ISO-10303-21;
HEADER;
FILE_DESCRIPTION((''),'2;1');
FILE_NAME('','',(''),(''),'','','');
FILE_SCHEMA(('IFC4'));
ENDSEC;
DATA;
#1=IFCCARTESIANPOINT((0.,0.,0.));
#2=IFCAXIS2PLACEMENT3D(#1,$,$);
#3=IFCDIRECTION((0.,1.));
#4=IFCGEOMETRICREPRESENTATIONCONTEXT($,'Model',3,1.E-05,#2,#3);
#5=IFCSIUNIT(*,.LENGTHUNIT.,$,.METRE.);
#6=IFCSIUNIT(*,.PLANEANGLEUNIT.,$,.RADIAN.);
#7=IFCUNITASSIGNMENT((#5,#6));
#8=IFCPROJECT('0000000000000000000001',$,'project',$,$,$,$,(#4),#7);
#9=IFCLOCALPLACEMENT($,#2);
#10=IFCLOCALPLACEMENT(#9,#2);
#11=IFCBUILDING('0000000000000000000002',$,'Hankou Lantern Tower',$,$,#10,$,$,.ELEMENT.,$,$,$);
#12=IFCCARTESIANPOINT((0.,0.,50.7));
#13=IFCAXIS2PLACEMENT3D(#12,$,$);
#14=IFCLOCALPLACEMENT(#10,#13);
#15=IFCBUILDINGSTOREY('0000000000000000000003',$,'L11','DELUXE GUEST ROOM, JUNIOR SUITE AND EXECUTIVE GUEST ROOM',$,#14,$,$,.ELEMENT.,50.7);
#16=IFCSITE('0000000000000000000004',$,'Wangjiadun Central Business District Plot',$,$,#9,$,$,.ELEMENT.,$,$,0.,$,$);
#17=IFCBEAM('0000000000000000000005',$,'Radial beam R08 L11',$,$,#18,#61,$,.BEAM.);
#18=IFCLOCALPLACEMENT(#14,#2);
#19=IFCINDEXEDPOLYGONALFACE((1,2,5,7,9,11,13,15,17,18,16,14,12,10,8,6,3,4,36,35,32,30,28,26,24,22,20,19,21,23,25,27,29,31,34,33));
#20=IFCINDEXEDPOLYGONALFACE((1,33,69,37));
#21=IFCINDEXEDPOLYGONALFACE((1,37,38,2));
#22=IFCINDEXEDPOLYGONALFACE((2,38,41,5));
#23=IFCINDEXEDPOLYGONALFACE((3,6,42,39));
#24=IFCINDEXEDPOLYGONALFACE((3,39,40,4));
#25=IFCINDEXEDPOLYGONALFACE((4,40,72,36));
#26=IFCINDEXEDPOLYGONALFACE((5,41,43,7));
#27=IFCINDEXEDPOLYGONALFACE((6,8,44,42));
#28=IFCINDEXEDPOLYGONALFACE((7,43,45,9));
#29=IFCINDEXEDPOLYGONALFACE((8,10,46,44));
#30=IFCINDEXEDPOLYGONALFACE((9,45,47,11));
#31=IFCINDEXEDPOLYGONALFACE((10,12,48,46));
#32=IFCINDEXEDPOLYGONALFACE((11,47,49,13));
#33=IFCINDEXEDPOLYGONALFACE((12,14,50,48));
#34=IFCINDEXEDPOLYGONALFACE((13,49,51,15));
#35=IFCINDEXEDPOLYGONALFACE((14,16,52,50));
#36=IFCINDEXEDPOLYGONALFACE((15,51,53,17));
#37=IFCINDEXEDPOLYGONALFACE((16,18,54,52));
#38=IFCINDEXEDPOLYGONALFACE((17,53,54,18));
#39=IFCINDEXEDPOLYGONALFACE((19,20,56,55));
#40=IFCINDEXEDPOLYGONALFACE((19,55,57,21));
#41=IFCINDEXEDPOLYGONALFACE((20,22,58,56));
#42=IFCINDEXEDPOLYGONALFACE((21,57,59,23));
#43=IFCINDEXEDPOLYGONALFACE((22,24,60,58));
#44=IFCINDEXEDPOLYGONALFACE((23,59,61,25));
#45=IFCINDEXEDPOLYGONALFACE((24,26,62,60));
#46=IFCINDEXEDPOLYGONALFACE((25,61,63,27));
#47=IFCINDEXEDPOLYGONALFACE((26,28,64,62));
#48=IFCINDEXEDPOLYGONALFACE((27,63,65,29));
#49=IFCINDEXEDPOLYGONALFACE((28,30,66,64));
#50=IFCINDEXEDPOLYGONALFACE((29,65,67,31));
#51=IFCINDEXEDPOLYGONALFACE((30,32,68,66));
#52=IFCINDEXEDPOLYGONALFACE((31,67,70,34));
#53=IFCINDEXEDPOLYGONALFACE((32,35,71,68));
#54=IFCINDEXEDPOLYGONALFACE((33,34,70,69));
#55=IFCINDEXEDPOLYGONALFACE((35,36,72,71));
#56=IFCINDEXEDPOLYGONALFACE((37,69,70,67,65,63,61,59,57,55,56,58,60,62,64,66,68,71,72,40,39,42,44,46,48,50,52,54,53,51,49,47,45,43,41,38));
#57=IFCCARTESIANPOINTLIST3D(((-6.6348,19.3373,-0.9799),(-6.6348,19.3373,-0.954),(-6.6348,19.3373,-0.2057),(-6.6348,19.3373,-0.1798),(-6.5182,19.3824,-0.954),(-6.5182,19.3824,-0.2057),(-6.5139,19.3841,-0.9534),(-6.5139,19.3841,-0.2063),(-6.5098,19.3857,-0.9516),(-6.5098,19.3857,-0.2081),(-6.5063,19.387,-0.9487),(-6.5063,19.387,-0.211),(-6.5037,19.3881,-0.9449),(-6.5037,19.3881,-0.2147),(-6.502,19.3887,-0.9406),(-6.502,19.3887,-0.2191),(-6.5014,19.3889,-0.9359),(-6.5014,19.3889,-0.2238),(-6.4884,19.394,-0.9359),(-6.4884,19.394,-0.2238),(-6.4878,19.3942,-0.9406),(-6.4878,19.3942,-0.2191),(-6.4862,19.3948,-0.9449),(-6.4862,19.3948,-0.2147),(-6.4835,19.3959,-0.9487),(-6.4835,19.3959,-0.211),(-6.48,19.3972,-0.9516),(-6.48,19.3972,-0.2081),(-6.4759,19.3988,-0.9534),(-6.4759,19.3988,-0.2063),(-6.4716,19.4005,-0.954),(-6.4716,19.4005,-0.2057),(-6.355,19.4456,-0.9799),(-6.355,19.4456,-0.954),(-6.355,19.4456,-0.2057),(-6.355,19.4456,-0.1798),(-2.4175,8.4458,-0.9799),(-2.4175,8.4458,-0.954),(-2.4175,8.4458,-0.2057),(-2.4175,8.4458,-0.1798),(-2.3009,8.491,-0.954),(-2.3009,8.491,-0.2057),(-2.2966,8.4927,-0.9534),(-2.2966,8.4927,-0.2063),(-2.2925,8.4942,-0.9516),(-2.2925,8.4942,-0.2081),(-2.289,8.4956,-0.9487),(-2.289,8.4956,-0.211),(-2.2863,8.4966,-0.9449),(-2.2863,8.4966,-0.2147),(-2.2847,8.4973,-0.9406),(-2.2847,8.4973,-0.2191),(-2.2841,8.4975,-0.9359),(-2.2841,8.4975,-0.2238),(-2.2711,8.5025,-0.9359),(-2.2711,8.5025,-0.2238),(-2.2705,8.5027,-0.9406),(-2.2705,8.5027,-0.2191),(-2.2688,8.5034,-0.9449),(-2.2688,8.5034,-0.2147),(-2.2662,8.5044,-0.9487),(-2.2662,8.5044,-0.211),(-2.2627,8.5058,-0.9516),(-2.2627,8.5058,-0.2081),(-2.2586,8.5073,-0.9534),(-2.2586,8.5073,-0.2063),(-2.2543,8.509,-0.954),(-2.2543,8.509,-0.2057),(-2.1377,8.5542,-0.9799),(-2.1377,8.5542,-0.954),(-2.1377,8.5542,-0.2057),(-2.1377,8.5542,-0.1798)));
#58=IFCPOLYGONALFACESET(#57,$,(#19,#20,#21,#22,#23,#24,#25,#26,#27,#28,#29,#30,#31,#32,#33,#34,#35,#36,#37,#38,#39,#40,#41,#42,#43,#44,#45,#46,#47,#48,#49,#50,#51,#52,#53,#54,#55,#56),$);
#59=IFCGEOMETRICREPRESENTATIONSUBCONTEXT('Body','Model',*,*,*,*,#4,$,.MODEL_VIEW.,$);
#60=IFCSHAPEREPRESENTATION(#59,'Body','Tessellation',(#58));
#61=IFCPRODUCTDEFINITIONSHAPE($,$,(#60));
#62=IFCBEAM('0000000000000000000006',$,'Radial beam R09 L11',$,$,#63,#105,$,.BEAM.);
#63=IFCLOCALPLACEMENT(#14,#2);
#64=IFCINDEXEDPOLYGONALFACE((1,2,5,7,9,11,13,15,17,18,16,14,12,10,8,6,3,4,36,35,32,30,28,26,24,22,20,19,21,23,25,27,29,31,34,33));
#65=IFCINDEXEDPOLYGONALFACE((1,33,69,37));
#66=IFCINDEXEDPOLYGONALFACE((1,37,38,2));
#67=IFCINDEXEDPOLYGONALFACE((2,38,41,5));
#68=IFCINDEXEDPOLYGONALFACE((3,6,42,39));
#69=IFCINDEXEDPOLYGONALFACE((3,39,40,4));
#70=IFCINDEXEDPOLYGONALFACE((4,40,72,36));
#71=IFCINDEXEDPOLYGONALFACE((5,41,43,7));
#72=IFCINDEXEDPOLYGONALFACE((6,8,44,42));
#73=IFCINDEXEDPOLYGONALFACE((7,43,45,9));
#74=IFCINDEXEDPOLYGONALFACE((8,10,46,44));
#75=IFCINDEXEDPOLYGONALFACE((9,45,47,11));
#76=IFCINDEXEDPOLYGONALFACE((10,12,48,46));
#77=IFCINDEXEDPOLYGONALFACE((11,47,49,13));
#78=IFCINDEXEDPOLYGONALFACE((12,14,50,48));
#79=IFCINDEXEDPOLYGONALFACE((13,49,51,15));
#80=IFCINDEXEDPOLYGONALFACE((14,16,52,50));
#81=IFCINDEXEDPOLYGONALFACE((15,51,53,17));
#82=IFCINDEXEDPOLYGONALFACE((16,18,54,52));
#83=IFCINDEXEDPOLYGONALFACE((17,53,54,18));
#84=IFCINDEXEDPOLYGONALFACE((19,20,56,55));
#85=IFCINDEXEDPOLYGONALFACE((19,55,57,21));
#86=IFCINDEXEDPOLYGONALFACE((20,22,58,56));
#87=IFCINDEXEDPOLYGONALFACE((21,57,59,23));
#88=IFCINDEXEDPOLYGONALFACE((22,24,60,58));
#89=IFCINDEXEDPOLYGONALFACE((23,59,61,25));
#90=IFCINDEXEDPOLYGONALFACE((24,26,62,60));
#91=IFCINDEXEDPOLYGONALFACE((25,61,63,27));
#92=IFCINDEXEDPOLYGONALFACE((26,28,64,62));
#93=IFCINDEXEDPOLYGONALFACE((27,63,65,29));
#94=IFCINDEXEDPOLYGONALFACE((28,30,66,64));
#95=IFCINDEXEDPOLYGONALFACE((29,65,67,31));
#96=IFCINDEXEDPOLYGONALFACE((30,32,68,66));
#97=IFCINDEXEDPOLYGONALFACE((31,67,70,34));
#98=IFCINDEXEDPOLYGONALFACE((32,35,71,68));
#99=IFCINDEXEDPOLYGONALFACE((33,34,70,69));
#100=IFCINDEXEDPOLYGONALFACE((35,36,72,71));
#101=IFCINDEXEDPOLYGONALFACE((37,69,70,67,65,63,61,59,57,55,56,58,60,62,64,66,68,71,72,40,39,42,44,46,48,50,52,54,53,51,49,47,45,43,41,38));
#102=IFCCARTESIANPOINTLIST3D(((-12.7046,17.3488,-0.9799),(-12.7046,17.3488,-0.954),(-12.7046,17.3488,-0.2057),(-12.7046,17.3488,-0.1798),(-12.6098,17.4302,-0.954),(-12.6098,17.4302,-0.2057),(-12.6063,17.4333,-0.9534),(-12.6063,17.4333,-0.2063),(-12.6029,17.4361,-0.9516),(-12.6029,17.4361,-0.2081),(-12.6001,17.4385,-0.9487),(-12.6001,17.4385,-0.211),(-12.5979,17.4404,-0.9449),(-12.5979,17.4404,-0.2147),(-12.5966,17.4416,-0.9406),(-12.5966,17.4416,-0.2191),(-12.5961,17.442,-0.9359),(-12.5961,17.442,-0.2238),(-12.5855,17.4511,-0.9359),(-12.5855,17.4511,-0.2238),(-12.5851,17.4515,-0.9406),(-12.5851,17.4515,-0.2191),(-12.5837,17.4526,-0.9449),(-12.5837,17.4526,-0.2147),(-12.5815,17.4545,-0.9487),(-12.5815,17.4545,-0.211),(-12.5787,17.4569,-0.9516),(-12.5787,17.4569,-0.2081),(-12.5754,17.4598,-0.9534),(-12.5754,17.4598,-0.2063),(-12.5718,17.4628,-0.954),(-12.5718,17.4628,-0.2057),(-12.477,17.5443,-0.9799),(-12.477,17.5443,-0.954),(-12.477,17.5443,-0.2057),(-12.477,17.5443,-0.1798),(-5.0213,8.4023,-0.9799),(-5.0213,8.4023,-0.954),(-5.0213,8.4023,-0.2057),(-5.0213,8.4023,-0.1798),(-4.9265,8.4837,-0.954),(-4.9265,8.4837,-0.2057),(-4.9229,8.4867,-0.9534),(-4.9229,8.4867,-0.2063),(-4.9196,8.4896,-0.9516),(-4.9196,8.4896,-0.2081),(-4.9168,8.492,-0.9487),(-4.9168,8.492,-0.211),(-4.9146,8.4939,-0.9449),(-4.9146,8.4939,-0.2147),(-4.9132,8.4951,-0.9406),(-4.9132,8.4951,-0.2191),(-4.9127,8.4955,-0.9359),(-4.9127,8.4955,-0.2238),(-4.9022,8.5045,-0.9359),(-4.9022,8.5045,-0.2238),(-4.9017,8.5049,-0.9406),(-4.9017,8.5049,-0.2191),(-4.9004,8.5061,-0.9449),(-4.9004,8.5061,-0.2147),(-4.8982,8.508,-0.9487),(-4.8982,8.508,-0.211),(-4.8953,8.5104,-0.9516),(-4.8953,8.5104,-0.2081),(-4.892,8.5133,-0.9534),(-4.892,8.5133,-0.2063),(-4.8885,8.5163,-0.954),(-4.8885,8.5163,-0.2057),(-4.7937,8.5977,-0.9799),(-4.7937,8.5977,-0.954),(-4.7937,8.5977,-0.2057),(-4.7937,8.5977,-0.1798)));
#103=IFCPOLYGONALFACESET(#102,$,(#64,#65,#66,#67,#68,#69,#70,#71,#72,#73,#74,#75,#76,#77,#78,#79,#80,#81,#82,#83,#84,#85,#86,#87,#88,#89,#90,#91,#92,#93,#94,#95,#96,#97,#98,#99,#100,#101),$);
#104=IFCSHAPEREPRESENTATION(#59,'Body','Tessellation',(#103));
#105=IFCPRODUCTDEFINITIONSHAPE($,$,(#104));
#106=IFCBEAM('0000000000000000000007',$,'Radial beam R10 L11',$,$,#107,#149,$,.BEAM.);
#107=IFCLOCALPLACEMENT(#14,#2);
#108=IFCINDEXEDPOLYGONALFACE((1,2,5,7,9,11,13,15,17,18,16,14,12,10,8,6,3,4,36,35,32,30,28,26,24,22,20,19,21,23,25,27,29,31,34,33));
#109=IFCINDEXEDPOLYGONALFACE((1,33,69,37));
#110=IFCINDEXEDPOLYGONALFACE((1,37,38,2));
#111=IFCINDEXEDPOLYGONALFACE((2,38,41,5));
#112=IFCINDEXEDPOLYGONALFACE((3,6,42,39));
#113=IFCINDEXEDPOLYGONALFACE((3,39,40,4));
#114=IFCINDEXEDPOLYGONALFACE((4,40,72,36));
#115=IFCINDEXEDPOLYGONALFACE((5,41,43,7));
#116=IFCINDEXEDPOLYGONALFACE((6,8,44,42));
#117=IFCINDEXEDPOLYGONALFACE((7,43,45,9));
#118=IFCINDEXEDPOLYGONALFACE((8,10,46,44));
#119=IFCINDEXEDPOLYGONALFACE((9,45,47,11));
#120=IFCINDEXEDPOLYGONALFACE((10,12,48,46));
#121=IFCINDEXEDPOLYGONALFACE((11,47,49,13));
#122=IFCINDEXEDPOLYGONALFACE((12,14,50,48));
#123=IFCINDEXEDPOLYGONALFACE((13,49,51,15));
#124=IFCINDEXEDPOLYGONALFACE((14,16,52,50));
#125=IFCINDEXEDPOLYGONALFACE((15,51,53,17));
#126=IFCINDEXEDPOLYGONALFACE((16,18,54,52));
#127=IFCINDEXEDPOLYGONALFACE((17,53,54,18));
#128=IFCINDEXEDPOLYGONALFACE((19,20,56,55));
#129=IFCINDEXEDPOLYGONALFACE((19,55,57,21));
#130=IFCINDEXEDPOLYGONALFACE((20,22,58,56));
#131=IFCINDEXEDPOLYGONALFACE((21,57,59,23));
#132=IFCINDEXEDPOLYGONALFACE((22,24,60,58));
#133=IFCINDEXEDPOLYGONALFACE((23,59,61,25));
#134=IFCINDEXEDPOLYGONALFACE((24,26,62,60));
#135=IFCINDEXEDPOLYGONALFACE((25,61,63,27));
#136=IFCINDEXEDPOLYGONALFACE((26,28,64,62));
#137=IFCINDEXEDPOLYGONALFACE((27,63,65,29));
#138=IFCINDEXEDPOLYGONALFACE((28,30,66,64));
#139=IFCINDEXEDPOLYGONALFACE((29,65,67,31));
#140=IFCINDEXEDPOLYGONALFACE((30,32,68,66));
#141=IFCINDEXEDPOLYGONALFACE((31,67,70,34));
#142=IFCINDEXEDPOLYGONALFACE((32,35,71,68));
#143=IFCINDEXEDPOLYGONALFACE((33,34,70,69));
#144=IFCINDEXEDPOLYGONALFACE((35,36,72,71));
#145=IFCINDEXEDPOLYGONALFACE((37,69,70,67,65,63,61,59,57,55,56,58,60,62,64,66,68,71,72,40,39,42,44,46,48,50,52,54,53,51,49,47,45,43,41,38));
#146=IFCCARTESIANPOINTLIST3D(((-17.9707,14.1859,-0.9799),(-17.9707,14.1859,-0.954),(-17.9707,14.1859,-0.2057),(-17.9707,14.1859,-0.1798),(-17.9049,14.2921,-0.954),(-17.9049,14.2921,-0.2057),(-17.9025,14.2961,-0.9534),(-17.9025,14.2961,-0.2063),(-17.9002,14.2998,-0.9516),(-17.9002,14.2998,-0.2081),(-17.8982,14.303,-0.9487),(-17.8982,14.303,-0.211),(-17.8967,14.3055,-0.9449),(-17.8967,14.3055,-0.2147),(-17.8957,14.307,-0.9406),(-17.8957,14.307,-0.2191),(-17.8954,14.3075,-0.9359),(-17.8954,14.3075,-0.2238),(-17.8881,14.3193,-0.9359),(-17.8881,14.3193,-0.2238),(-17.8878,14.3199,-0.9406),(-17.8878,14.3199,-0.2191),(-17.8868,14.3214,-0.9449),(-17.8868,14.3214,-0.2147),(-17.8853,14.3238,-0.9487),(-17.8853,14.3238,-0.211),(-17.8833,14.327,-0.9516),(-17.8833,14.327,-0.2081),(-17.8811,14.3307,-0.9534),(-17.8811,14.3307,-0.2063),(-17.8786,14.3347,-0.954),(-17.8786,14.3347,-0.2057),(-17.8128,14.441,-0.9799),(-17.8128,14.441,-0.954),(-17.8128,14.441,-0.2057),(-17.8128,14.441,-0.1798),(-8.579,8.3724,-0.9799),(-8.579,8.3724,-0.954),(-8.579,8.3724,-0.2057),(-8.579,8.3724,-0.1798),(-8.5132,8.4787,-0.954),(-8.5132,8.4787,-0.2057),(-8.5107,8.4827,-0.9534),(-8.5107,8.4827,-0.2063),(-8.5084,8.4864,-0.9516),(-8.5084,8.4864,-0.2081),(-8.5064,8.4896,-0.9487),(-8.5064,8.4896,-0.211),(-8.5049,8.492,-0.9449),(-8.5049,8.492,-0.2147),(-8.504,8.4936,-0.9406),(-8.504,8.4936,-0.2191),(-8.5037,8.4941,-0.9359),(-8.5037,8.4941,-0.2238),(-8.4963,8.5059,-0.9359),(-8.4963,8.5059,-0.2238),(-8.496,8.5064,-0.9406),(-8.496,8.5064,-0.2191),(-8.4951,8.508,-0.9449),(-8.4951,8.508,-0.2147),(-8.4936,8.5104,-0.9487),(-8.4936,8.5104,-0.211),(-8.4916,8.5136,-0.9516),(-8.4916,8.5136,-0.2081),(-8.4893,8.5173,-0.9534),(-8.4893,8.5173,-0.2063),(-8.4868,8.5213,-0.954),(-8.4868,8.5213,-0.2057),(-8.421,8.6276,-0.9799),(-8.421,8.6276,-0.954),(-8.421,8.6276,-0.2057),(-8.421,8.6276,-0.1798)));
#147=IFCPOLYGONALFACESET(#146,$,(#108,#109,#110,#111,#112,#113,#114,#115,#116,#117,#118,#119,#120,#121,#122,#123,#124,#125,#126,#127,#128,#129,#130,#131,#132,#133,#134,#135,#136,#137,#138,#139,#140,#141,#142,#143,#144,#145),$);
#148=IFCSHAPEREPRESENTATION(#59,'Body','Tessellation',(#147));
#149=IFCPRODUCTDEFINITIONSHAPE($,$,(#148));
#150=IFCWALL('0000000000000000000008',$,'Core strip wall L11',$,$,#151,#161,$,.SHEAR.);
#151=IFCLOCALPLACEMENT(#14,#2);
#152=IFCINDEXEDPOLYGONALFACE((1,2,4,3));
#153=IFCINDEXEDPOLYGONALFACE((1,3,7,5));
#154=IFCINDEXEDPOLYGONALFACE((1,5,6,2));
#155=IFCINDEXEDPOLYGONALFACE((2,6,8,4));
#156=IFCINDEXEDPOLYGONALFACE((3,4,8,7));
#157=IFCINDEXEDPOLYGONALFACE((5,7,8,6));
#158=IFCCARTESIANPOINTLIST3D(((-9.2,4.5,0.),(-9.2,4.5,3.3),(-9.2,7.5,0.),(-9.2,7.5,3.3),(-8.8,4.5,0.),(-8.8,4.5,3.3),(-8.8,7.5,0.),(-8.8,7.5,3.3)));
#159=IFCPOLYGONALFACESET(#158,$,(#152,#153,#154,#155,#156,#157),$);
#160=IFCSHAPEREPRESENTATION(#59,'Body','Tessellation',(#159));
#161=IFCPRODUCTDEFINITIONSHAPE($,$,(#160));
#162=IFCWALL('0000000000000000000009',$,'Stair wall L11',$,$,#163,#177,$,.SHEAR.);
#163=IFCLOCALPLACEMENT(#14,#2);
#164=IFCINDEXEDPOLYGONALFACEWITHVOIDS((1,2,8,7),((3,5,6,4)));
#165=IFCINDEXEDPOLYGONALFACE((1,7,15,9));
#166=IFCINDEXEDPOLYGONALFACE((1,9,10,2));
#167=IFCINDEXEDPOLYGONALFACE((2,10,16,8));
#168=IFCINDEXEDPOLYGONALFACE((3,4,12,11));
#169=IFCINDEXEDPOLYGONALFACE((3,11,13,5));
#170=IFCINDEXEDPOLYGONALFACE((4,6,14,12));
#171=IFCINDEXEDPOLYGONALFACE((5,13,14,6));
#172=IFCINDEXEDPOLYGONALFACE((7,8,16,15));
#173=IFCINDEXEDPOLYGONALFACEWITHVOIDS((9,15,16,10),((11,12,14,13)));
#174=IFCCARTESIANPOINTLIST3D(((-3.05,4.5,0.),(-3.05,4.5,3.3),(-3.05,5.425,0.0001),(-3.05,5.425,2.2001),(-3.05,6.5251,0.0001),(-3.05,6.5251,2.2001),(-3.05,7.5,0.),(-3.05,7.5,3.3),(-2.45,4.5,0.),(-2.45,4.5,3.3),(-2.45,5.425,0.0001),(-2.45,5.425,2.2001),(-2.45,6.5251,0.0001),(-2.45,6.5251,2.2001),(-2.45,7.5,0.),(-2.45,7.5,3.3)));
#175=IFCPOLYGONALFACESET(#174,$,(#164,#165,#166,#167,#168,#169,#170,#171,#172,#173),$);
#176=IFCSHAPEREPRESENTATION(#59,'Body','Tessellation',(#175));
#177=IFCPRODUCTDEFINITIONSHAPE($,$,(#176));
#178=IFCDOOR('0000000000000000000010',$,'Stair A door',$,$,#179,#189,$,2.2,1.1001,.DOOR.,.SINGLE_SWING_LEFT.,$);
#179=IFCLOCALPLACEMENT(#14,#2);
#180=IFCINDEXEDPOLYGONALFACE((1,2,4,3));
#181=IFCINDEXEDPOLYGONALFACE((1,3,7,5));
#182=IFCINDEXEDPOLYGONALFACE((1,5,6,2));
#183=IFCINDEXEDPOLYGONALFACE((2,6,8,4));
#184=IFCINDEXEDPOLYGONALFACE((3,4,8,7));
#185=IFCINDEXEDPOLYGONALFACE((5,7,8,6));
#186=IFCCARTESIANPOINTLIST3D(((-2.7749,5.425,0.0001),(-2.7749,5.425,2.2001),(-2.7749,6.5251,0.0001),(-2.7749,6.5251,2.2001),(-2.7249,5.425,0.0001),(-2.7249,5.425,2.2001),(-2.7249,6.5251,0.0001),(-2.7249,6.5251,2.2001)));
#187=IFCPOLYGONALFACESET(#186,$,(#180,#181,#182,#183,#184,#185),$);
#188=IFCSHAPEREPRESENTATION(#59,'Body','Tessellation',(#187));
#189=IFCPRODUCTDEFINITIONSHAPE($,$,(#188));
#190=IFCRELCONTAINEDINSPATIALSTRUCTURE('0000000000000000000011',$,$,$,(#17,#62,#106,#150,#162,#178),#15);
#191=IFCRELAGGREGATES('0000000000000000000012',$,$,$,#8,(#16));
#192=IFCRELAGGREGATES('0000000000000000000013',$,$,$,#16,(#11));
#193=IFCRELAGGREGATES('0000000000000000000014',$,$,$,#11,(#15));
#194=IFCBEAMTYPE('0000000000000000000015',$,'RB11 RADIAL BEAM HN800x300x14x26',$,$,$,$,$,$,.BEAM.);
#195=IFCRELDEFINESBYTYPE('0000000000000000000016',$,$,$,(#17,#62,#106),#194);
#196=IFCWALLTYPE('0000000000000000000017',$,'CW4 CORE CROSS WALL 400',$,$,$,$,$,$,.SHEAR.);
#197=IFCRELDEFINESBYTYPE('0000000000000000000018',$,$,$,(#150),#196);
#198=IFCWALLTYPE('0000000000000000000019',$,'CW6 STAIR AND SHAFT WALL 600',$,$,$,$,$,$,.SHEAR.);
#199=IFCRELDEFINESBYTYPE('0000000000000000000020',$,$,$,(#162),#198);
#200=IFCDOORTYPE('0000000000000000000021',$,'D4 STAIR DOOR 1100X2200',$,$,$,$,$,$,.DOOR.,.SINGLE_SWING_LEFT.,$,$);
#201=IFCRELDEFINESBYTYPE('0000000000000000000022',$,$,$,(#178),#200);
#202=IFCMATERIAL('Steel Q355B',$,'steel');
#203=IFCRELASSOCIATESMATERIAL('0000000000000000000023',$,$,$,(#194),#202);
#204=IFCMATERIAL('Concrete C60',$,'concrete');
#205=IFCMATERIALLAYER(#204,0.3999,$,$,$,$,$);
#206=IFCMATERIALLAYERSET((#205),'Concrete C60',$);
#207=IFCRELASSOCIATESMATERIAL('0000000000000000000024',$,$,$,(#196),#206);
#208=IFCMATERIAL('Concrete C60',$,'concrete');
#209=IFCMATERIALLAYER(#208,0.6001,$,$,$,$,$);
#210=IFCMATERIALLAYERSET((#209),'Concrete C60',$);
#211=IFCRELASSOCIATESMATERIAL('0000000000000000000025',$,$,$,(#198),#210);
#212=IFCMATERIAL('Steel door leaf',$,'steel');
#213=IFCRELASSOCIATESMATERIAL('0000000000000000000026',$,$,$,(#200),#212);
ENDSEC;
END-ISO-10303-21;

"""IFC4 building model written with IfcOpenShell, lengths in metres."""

from ifc_helpers import new_model, si_unit, direction, frame, frame_2d, origin, origin_2d, place, context, subcontext, project, spatial, rectangle, i_section, extrude, material, layer, layer_set, material_profile, profile_set, type_object, element, fill, save


model = new_model("IFC4")

# Units and contexts
model_context = context("Model", 3, precision=1e-05, world=origin(), true_north=direction((0.0, 1.0)))
body_context = subcontext(model_context, "Body", "Model", "MODEL_VIEW")
ifc_project = project(units=[si_unit("LENGTHUNIT", "METRE"), si_unit("PLANEANGLEUNIT", "RADIAN")], contexts=[model_context])

# Site, building, storey
site_placement = place(None, origin())
site = spatial("IfcSite", under=ifc_project, at=site_placement, Name="Wangjiadun Central Business District Plot", CompositionType="ELEMENT", RefElevation=0.0)
building_placement = place(site_placement, origin())
building = spatial("IfcBuilding", under=site, at=building_placement, Name="Hankou Lantern Tower", CompositionType="ELEMENT")
storey_placement = place(building_placement, frame((0.0, 0.0, 50.7)))
storey = spatial("IfcBuildingStorey", under=building, at=storey_placement, Name="L11", Description="DELUXE GUEST ROOM, JUNIOR SUITE AND EXECUTIVE GUEST ROOM", CompositionType="ELEMENT", Elevation=50.7)

# Beams
ifc_material_1 = material(Name="Steel Q355B", Category="steel")
ifc_material_profile = material_profile(ifc_material_1, i_section(OverallWidth=0.3, OverallDepth=0.8, WebThickness=0.0139, FlangeThickness=0.0259, FilletRadius=0.0181, at=origin_2d()), Name="HN800x300x14x26")
ifc_profile_set = profile_set([ifc_material_profile], Name="Steel Q355B")
beam_type = type_object("IfcBeamType", Name="RB11 RADIAL BEAM HN800x300x14x26", PredefinedType="BEAM", material=ifc_profile_set)
beam_1_placement = place(storey_placement, frame((-2.2776, 8.5, -0.5798), z_axis=(-0.361089, 0.932531, 0.0), x_axis=(-0.932531, -0.361089, 0.0)))
element("IfcBeam", 1, at=beam_1_placement, inside=storey, type_object=beam_type, Name="Radial beam R08 L11", PredefinedType="BEAM", context=body_context, shape_type="SweptSolid", body=[
    extrude(i_section(OverallWidth=0.3, OverallDepth=0.8, WebThickness=0.0139, FlangeThickness=0.0259, FilletRadius=0.0181, at=origin_2d()), origin(), (0.0, 0.0, 1.0), 11.6794),
])
beam_2_placement = place(storey_placement, frame((-4.9075, 8.5, -0.5798), z_axis=(-0.651519, 0.758632, 0.0), x_axis=(-0.758632, -0.651519, 0.0)))
element("IfcBeam", 2, at=beam_2_placement, inside=storey, type_object=beam_type, Name="Radial beam R09 L11", PredefinedType="BEAM", context=body_context, shape_type="SweptSolid", body=[
    extrude(i_section(OverallWidth=0.3, OverallDepth=0.8, WebThickness=0.0139, FlangeThickness=0.0259, FilletRadius=0.0181, at=origin_2d()), origin(), (0.0, 0.0, 1.0), 11.793),
])
beam_3_placement = place(storey_placement, frame((-8.5, 8.5, -0.5798), z_axis=(-0.850286, 0.52632, 0.0), x_axis=(-0.52632, -0.850286, 0.0)))
element("IfcBeam", 3, at=beam_3_placement, inside=storey, type_object=beam_type, Name="Radial beam R10 L11", PredefinedType="BEAM", context=body_context, shape_type="SweptSolid", body=[
    extrude(i_section(OverallWidth=0.3, OverallDepth=0.8, WebThickness=0.0139, FlangeThickness=0.0259, FilletRadius=0.0181, at=origin_2d()), origin(), (0.0, 0.0, 1.0), 11.0454),
])

# Wall
ifc_material_2 = material(Name="Concrete C60", Category="concrete")
ifc_layer_1 = layer(ifc_material_2, 0.3999)
ifc_layer_set_1 = layer_set([ifc_layer_1], Name="Concrete C60")
wall_type_1 = type_object("IfcWallType", Name="CW4 CORE CROSS WALL 400", PredefinedType="SHEAR", material=ifc_layer_set_1)
wall_1_placement = place(storey_placement, frame((-9.0, 4.5, 0.0), z_axis=(0.0, 0.0, 1.0), x_axis=(0.0, 1.0, 0.0)))
element("IfcWall", 4, at=wall_1_placement, inside=storey, type_object=wall_type_1, Name="Core strip wall L11", PredefinedType="SHEAR", context=body_context, shape_type="SweptSolid", body=[
    extrude(rectangle(XDim=3.0, YDim=0.3999, at=frame_2d((1.5, 0.0))), origin(), (0.0, 0.0, 1.0), 3.3),
])

# Wall, opening, door
ifc_material_3 = material(Name="Concrete C60", Category="concrete")
ifc_layer_2 = layer(ifc_material_3, 0.6001)
ifc_layer_set_2 = layer_set([ifc_layer_2], Name="Concrete C60")
wall_type_2 = type_object("IfcWallType", Name="CW6 STAIR AND SHAFT WALL 600", PredefinedType="SHEAR", material=ifc_layer_set_2)
wall_2_placement = place(storey_placement, frame((-2.75, 4.5, 0.0), z_axis=(0.0, 0.0, 1.0), x_axis=(0.0, 1.0, 0.0)))
wall_2 = element("IfcWall", 5, at=wall_2_placement, inside=storey, type_object=wall_type_2, Name="Stair wall L11", PredefinedType="SHEAR", context=body_context, shape_type="SweptSolid", body=[
    extrude(rectangle(XDim=3.0, YDim=0.6001, at=frame_2d((1.5, 0.0))), origin(), (0.0, 0.0, 1.0), 3.3),
])
opening_placement = place(wall_2_placement, frame((0.925, 0.0, 0.0)))
opening = element("IfcOpeningElement", 6, at=opening_placement, cuts=wall_2, PredefinedType="OPENING", context=body_context, shape_type="SweptSolid", body=[
    extrude(rectangle(XDim=1.1001, YDim=2.2, at=frame_2d((0.55, 1.1001))), frame((0.0, 0.3101, 0.0), z_axis=(0.0, -1.0, 0.0), x_axis=(1.0, 0.0, 0.0)), (0.0, 0.0, 1.0), 0.6201),
])
ifc_material_4 = material(Name="Steel door leaf", Category="steel")
door_type = type_object("IfcDoorType", Name="D4 STAIR DOOR 1100X2200", OperationType="SINGLE_SWING_LEFT", PredefinedType="DOOR", material=ifc_material_4)
door_placement = place(opening_placement, origin())
door = element("IfcDoor", 7, at=door_placement, inside=storey, type_object=door_type, Name="Stair A door", OperationType="SINGLE_SWING_LEFT", OverallHeight=2.2, OverallWidth=1.1001, PredefinedType="DOOR", context=body_context, shape_type="SweptSolid", body=[
    extrude(rectangle(XDim=1.1001, YDim=2.2, at=frame_2d((0.55, 1.1001))), frame((0.0, 0.0249, 0.0), z_axis=(0.0, -1.0, 0.0), x_axis=(1.0, 0.0, 0.0)), (0.0, 0.0, 1.0), 0.05),
])
fill(opening, door)

save(model, "model.ifc")
